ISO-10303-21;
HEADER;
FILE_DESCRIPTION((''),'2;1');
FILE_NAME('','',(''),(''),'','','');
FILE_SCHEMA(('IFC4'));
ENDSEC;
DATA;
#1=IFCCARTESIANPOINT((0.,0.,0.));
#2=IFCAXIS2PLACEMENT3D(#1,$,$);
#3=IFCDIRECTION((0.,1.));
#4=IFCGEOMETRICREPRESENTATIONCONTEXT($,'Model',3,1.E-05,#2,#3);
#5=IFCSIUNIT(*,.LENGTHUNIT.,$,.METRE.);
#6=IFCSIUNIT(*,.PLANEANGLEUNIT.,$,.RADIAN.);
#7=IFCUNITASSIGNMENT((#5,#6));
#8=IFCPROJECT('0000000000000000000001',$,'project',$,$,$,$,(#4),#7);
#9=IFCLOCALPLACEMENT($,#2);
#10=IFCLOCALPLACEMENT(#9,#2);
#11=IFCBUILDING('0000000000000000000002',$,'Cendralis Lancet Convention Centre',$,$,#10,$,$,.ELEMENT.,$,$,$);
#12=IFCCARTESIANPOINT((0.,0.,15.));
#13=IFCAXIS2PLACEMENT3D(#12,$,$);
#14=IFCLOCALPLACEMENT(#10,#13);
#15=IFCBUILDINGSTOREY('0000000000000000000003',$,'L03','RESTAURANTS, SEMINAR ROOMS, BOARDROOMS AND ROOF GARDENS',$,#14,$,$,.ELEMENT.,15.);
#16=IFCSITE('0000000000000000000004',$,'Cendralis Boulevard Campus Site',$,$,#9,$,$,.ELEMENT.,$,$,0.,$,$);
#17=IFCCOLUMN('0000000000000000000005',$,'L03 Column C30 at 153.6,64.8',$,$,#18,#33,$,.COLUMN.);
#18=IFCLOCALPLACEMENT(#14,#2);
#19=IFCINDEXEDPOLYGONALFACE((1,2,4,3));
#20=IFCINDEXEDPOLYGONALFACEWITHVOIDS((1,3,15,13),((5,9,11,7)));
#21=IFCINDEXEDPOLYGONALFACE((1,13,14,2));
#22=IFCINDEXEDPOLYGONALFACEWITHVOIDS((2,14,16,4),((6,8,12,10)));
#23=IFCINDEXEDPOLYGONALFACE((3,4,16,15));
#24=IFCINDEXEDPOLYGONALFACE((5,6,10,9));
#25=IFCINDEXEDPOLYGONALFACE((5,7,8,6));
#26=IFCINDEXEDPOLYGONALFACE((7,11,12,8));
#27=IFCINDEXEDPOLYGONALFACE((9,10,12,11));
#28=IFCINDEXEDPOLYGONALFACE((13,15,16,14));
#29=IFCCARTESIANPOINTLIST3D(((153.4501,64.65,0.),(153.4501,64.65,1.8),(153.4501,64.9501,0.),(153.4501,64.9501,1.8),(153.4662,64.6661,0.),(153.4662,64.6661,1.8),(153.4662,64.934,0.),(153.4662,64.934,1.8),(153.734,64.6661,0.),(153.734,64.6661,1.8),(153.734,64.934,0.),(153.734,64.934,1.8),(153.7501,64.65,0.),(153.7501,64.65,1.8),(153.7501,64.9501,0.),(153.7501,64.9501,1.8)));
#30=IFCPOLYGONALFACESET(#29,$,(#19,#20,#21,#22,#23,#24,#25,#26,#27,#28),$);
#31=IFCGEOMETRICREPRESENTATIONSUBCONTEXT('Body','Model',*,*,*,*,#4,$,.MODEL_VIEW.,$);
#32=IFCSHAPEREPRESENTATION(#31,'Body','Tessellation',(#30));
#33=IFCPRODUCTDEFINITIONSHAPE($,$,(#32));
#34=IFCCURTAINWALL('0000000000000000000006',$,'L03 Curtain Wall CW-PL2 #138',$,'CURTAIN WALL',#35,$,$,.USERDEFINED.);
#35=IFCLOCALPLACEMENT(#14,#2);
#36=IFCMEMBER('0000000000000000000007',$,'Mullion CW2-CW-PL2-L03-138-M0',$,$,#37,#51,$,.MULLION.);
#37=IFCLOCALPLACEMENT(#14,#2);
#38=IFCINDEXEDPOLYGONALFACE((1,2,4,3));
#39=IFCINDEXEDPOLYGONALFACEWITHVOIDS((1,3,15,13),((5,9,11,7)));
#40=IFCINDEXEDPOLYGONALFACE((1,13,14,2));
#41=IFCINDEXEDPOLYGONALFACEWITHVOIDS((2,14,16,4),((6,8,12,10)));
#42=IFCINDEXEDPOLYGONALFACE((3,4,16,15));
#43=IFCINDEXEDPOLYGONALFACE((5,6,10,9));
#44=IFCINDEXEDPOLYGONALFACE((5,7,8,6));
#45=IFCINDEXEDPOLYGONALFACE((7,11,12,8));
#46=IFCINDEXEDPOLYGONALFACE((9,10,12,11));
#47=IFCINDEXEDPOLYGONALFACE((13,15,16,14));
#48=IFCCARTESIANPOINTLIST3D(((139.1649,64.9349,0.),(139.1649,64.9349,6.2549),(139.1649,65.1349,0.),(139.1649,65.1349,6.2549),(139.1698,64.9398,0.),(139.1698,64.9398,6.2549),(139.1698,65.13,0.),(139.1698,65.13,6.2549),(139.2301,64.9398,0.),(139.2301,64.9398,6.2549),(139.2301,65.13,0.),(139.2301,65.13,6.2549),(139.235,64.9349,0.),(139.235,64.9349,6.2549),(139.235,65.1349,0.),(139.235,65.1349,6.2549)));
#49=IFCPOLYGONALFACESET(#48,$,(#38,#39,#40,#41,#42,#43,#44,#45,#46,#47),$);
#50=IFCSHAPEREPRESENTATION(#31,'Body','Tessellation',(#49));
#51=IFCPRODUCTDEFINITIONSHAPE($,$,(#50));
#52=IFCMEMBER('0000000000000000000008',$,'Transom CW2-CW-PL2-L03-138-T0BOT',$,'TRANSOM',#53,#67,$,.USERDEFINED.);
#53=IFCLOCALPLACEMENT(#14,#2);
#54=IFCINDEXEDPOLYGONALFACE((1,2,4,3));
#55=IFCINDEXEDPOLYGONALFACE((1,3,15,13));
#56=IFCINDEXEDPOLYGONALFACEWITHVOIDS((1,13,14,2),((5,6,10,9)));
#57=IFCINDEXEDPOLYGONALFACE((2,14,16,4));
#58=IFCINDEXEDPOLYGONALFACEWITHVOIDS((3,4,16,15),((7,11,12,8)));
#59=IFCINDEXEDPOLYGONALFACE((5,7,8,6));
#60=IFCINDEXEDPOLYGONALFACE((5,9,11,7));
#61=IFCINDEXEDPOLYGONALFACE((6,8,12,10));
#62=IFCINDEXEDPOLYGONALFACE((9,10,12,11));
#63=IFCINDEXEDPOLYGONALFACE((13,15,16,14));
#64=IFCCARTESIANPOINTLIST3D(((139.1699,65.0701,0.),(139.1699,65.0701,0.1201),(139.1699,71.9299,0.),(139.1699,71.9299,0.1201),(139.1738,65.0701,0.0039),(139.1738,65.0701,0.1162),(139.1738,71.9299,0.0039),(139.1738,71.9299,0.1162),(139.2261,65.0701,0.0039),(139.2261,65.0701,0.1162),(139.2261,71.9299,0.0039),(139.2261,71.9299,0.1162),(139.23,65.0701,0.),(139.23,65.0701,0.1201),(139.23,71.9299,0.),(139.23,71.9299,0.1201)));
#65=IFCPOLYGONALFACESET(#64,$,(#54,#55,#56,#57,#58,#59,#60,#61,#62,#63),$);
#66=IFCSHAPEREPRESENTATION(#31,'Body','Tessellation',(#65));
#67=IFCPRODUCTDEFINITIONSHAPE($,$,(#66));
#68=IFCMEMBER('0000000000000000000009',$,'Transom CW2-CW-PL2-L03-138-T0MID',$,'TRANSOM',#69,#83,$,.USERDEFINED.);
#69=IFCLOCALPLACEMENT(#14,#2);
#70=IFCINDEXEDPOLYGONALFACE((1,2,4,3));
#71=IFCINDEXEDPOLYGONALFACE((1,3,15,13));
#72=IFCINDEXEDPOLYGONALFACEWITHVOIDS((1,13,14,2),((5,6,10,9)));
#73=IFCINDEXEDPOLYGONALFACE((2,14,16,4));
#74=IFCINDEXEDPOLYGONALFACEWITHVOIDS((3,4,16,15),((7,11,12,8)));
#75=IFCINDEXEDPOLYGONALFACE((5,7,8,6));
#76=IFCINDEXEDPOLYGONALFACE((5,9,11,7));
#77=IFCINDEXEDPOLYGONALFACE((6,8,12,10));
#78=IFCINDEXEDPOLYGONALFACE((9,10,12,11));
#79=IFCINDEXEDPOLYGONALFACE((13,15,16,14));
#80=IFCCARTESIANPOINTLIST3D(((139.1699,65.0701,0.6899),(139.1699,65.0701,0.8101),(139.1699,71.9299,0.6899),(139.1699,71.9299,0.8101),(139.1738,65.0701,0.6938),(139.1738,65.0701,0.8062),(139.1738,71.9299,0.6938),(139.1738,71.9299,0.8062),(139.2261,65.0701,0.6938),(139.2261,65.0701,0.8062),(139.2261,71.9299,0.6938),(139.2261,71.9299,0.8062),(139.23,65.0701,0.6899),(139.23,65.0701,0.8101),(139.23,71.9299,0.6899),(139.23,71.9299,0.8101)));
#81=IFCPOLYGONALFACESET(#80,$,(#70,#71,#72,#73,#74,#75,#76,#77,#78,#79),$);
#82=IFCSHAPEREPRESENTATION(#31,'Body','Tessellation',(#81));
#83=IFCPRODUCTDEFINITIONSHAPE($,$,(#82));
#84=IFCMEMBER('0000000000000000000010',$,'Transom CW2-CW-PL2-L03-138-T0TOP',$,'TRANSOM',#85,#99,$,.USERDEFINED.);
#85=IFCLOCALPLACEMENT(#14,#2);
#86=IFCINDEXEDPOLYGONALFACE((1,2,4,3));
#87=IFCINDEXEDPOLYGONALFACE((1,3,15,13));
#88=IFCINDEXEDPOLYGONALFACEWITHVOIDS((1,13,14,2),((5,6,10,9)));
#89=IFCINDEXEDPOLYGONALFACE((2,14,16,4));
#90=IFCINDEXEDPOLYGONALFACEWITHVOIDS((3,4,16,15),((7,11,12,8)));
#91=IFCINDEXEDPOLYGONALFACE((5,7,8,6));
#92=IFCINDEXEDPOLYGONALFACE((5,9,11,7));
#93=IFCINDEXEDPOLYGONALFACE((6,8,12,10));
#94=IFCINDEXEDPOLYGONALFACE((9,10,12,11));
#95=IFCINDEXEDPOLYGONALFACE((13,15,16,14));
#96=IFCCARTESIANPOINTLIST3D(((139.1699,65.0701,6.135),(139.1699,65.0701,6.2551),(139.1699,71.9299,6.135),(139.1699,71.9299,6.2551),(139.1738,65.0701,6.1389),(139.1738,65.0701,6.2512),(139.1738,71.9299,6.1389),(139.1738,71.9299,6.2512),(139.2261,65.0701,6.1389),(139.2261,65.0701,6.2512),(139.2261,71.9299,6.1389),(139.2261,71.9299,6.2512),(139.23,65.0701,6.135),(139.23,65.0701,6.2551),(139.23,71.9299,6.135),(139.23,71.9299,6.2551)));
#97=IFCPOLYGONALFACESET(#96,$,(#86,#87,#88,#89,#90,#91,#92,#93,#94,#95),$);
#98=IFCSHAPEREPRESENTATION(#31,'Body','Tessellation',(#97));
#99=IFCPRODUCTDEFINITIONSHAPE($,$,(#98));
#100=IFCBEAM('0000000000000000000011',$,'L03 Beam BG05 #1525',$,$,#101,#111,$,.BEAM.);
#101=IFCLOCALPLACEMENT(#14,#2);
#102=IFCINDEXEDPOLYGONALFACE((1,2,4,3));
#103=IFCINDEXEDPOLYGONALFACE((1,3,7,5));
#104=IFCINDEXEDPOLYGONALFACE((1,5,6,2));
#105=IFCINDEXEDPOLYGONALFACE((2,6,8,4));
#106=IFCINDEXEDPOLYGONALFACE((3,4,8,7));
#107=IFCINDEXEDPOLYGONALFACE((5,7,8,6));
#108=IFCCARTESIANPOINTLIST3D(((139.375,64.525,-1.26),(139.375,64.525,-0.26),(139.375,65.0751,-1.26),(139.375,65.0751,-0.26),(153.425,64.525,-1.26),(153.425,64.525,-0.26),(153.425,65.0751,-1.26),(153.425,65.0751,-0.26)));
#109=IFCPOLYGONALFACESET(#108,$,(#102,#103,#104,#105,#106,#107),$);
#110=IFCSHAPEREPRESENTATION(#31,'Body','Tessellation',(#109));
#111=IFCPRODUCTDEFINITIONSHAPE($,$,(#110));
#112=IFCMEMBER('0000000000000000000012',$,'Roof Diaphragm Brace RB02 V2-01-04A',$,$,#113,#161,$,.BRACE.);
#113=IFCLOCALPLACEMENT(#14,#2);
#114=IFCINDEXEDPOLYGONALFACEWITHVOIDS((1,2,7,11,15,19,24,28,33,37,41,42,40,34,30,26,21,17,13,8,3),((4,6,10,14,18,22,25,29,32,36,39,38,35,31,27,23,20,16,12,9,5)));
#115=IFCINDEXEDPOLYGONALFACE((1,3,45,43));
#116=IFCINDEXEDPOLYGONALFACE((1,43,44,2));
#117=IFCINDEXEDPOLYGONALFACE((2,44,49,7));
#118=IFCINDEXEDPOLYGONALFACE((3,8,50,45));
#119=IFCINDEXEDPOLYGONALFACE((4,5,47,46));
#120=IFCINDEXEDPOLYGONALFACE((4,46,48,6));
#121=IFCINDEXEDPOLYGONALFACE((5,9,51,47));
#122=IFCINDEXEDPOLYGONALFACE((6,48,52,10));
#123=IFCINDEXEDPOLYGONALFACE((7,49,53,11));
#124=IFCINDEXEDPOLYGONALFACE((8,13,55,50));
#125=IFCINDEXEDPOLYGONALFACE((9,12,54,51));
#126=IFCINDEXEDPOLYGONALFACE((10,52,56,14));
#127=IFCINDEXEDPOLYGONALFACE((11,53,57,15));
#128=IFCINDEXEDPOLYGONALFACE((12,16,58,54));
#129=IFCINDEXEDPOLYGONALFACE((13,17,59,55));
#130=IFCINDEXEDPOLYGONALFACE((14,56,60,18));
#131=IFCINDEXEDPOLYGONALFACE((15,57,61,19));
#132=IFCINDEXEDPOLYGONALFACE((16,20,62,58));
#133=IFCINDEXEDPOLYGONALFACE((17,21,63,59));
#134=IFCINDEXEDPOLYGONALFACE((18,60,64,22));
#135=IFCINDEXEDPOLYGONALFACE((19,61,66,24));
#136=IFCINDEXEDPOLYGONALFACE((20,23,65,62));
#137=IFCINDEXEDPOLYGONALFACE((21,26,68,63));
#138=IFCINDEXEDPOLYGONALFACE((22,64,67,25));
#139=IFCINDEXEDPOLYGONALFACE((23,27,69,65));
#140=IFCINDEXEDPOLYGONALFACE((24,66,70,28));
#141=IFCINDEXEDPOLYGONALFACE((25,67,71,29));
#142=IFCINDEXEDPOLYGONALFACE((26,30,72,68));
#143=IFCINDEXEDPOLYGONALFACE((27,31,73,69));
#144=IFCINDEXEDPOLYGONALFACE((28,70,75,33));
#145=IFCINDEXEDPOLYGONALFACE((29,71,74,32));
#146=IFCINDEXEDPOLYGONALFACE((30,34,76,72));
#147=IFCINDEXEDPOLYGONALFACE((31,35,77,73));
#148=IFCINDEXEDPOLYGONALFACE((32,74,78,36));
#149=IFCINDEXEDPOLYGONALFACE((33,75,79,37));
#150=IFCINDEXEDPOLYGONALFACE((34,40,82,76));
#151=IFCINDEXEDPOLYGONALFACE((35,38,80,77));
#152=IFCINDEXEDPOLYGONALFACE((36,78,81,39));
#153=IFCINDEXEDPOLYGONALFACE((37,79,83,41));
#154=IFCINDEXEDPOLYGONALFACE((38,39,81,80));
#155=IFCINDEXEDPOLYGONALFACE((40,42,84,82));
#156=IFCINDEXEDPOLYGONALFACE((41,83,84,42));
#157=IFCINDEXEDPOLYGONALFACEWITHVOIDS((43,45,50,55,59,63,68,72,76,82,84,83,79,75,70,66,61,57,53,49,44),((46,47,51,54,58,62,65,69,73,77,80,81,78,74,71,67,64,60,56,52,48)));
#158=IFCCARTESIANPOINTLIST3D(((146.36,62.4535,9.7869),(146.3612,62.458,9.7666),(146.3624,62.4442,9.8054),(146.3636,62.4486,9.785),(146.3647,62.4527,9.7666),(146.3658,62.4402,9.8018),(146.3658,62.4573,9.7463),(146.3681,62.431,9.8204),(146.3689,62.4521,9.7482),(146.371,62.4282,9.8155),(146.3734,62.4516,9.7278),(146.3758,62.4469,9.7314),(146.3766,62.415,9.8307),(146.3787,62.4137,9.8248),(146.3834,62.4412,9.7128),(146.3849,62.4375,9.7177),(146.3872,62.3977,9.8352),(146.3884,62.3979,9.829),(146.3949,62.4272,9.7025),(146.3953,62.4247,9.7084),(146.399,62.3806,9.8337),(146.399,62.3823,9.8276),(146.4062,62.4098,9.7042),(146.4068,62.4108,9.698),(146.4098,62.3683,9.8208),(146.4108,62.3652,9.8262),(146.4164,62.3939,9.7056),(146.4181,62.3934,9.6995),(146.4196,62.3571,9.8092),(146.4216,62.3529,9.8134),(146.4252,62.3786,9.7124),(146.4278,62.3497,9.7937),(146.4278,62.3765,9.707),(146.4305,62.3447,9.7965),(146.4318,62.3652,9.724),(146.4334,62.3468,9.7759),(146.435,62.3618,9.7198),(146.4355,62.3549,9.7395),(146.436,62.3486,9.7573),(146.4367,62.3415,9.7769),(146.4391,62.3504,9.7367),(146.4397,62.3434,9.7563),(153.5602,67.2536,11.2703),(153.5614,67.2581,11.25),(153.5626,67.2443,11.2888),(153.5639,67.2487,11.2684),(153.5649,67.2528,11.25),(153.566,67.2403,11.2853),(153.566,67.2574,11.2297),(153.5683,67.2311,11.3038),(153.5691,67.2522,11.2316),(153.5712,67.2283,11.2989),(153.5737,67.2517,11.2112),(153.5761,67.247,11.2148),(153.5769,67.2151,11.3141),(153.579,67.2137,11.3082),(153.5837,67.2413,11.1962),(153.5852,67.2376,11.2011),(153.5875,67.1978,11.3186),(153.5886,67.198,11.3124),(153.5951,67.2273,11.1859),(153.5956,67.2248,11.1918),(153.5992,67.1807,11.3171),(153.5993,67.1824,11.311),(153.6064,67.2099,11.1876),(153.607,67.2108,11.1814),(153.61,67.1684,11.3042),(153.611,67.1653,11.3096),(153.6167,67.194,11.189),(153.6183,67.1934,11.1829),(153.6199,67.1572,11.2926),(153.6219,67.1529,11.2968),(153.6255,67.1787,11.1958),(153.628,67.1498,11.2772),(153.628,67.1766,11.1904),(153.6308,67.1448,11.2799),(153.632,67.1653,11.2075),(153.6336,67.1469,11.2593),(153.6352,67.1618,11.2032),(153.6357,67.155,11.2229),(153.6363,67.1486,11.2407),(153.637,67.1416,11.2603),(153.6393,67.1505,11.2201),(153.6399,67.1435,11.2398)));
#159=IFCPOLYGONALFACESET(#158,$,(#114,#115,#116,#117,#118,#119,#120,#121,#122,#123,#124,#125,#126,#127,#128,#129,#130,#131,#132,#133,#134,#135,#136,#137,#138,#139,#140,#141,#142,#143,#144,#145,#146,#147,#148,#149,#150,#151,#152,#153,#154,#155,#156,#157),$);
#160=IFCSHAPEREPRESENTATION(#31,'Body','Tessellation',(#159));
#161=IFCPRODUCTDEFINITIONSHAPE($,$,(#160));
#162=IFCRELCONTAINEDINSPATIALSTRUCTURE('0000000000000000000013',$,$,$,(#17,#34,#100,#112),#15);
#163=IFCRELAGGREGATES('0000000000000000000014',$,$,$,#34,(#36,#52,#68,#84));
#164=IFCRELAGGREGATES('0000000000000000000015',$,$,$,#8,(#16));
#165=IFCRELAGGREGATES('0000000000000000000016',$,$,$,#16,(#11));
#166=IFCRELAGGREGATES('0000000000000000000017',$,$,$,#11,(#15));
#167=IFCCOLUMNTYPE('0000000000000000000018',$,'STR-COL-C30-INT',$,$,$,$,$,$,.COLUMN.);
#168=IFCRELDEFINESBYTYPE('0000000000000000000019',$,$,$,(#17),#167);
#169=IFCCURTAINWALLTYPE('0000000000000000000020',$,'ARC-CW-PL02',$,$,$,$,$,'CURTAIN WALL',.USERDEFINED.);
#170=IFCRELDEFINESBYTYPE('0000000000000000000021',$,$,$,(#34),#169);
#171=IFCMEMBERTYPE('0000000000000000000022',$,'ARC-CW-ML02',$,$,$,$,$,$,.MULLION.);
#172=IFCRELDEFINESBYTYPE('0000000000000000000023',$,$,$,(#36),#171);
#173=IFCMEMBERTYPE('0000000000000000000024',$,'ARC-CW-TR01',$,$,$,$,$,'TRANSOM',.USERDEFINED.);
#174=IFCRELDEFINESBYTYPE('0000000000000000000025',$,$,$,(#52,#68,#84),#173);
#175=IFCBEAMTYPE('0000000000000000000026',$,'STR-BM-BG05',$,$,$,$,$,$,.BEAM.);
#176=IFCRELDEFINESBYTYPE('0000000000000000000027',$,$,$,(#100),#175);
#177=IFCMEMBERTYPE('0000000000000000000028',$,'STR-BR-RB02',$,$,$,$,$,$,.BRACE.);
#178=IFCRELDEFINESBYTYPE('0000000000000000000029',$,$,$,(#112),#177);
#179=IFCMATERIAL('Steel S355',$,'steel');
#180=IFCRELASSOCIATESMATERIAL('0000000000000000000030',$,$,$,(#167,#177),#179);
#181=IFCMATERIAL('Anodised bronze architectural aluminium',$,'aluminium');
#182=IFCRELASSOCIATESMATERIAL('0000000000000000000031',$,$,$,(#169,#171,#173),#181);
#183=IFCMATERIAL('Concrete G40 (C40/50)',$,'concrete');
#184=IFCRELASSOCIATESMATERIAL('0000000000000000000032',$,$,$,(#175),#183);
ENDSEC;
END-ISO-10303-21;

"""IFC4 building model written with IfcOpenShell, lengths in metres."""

from ifc_helpers import new_model, si_unit, direction, frame, origin, origin_2d, place, context, subcontext, project, spatial, rectangle, hollow_rectangle, hollow_circle, extrude, material, material_profile, profile_set, type_object, element, aggregate, save


model = new_model("IFC4")

# Units and contexts
model_context = context("Model", 3, precision=1e-05, world=origin(), true_north=direction((0.0, 1.0)))
body_context = subcontext(model_context, "Body", "Model", "MODEL_VIEW")
ifc_project = project(units=[si_unit("LENGTHUNIT", "METRE"), si_unit("PLANEANGLEUNIT", "RADIAN")], contexts=[model_context])

# Site, building, storey
site_placement = place(None, origin())
site = spatial("IfcSite", under=ifc_project, at=site_placement, Name="Cendralis Boulevard Campus Site", CompositionType="ELEMENT", RefElevation=0.0)
building_placement = place(site_placement, origin())
building = spatial("IfcBuilding", under=site, at=building_placement, Name="Cendralis Lancet Convention Centre", CompositionType="ELEMENT")
storey_placement = place(building_placement, frame((0.0, 0.0, 15.0)))
storey = spatial("IfcBuildingStorey", under=building, at=storey_placement, Name="L03", Description="RESTAURANTS, SEMINAR ROOMS, BOARDROOMS AND ROOF GARDENS", CompositionType="ELEMENT", Elevation=15.0)

# Column
ifc_material_1 = material(Name="Steel S355", Category="steel")
ifc_material_profile_1 = material_profile(ifc_material_1, hollow_rectangle(XDim=0.3, YDim=0.3, WallThickness=0.0161, at=origin_2d()), Name="SHS 300x300x16.0")
ifc_profile_set_1 = profile_set([ifc_material_profile_1], Name="Steel S355")
column_type = type_object("IfcColumnType", Name="STR-COL-C30-INT", PredefinedType="COLUMN", material=ifc_profile_set_1)
column_placement = place(storey_placement, frame((153.6001, 64.8, 0.0), z_axis=(0.0, 0.0, 1.0), x_axis=(1.0, 0.0, 0.0)))
element("IfcColumn", 1, at=column_placement, inside=storey, type_object=column_type, Name="L03 Column C30 at 153.6,64.8", PredefinedType="COLUMN", context=body_context, shape_type="SweptSolid", body=[
    extrude(hollow_rectangle(XDim=0.3, YDim=0.3, WallThickness=0.0161, at=origin_2d()), origin(), (0.0, 0.0, 1.0), 1.8),
])

# Curtain wall, members
ifc_material_2 = material(Name="Anodised bronze architectural aluminium", Category="aluminium")
curtain_wall_type = type_object("IfcCurtainWallType", Name="ARC-CW-PL02", ElementType="CURTAIN WALL", PredefinedType="USERDEFINED", material=ifc_material_2)
curtain_wall_placement = place(storey_placement, origin())
curtain_wall = element("IfcCurtainWall", 2, at=curtain_wall_placement, inside=storey, type_object=curtain_wall_type, Name="L03 Curtain Wall CW-PL2 #138", ObjectType="CURTAIN WALL", PredefinedType="USERDEFINED")
ifc_material_profile_2 = material_profile(ifc_material_2, hollow_rectangle(XDim=0.0701, YDim=0.2, WallThickness=0.0049, at=origin_2d()), Name="AL-MULL 70x200x5.0")
ifc_profile_set_2 = profile_set([ifc_material_profile_2], Name="Anodised bronze architectural aluminium")
member_type_1 = type_object("IfcMemberType", Name="ARC-CW-ML02", PredefinedType="MULLION", material=ifc_profile_set_2)
member_1_placement = place(storey_placement, frame((139.2, 65.0349, 0.0), z_axis=(0.0, 0.0, 1.0), x_axis=(1.0, 0.0, 0.0)))
member_1 = element("IfcMember", 3, at=member_1_placement, type_object=member_type_1, Name="Mullion CW2-CW-PL2-L03-138-M0", PredefinedType="MULLION", context=body_context, shape_type="SweptSolid", body=[
    extrude(hollow_rectangle(XDim=0.0701, YDim=0.2, WallThickness=0.0049, at=origin_2d()), origin(), (0.0, 0.0, 1.0), 6.2549),
])
ifc_material_profile_3 = material_profile(ifc_material_2, hollow_rectangle(XDim=0.0601, YDim=0.1201, WallThickness=0.0039, at=origin_2d()), Name="AL-TRAN 60x120x4.0")
ifc_profile_set_3 = profile_set([ifc_material_profile_3], Name="Anodised bronze architectural aluminium")
member_type_2 = type_object("IfcMemberType", Name="ARC-CW-TR01", ElementType="TRANSOM", PredefinedType="USERDEFINED", material=ifc_profile_set_3)
member_2_placement = place(storey_placement, frame((139.2, 65.0701, 0.0601), z_axis=(0.0, 1.0, 0.0), x_axis=(-1.0, 0.0, 0.0)))
member_2 = element("IfcMember", 4, at=member_2_placement, type_object=member_type_2, Name="Transom CW2-CW-PL2-L03-138-T0BOT", ObjectType="TRANSOM", PredefinedType="USERDEFINED", context=body_context, shape_type="SweptSolid", body=[
    extrude(hollow_rectangle(XDim=0.0601, YDim=0.1201, WallThickness=0.0039, at=origin_2d()), origin(), (0.0, 0.0, 1.0), 6.8599),
])
member_3_placement = place(storey_placement, frame((139.2, 65.0701, 0.75), z_axis=(0.0, 1.0, 0.0), x_axis=(-1.0, 0.0, 0.0)))
member_3 = element("IfcMember", 5, at=member_3_placement, type_object=member_type_2, Name="Transom CW2-CW-PL2-L03-138-T0MID", ObjectType="TRANSOM", PredefinedType="USERDEFINED", context=body_context, shape_type="SweptSolid", body=[
    extrude(hollow_rectangle(XDim=0.0601, YDim=0.1201, WallThickness=0.0039, at=origin_2d()), origin(), (0.0, 0.0, 1.0), 6.8599),
])
member_4_placement = place(storey_placement, frame((139.2, 65.0701, 6.1951), z_axis=(0.0, 1.0, 0.0), x_axis=(-1.0, 0.0, 0.0)))
member_4 = element("IfcMember", 6, at=member_4_placement, type_object=member_type_2, Name="Transom CW2-CW-PL2-L03-138-T0TOP", ObjectType="TRANSOM", PredefinedType="USERDEFINED", context=body_context, shape_type="SweptSolid", body=[
    extrude(hollow_rectangle(XDim=0.0601, YDim=0.1201, WallThickness=0.0039, at=origin_2d()), origin(), (0.0, 0.0, 1.0), 6.8599),
])
aggregate(curtain_wall, [member_1, member_2, member_3, member_4])

# Beam
ifc_material_3 = material(Name="Concrete G40 (C40/50)", Category="concrete")
ifc_material_profile_4 = material_profile(ifc_material_3, rectangle(XDim=0.55, YDim=1.0, at=origin_2d()), Name="RCB 550x1000")
ifc_profile_set_4 = profile_set([ifc_material_profile_4], Name="Concrete G40 (C40/50)")
beam_type_1 = type_object("IfcBeamType", Name="STR-BM-BG05", PredefinedType="BEAM", material=ifc_profile_set_4)
beam_1_placement = place(storey_placement, frame((139.375, 64.8, -0.76), z_axis=(1.0, 0.0, 0.0), x_axis=(0.0, 1.0, 0.0)))
element("IfcBeam", 7, at=beam_1_placement, inside=storey, type_object=beam_type_1, Name="L03 Beam BG05 #1525", PredefinedType="BEAM", context=body_context, shape_type="SweptSolid", body=[
    extrude(rectangle(XDim=0.55, YDim=1.0, at=origin_2d()), origin(), (0.0, 0.0, 1.0), 14.05),
])

# Member
ifc_material_profile_5 = material_profile(ifc_material_1, hollow_circle(Radius=0.0698, WallThickness=0.0063, at=origin_2d()), Name="CHS 139.7x6.3")
ifc_profile_set_5 = profile_set([ifc_material_profile_5], Name="Steel S355")
member_type_3 = type_object("IfcMemberType", Name="STR-BR-RB02", PredefinedType="BRACE", material=ifc_profile_set_5)
member_5_placement = place(storey_placement, frame((146.3999, 62.3999, 9.7666), z_axis=(0.820093, 0.546719, 0.168957), x_axis=(-0.554694, 0.832055, 0.0)))
element("IfcMember", 8, at=member_5_placement, inside=storey, type_object=member_type_3, Name="Roof Diaphragm Brace RB02 V2-01-04A", PredefinedType="BRACE", context=body_context, shape_type="SweptSolid", body=[
    extrude(hollow_circle(Radius=0.0698, WallThickness=0.0063, at=origin_2d()), origin(), (0.0, 0.0, 1.0), 8.7798),
])

save(model, "model.ifc")
